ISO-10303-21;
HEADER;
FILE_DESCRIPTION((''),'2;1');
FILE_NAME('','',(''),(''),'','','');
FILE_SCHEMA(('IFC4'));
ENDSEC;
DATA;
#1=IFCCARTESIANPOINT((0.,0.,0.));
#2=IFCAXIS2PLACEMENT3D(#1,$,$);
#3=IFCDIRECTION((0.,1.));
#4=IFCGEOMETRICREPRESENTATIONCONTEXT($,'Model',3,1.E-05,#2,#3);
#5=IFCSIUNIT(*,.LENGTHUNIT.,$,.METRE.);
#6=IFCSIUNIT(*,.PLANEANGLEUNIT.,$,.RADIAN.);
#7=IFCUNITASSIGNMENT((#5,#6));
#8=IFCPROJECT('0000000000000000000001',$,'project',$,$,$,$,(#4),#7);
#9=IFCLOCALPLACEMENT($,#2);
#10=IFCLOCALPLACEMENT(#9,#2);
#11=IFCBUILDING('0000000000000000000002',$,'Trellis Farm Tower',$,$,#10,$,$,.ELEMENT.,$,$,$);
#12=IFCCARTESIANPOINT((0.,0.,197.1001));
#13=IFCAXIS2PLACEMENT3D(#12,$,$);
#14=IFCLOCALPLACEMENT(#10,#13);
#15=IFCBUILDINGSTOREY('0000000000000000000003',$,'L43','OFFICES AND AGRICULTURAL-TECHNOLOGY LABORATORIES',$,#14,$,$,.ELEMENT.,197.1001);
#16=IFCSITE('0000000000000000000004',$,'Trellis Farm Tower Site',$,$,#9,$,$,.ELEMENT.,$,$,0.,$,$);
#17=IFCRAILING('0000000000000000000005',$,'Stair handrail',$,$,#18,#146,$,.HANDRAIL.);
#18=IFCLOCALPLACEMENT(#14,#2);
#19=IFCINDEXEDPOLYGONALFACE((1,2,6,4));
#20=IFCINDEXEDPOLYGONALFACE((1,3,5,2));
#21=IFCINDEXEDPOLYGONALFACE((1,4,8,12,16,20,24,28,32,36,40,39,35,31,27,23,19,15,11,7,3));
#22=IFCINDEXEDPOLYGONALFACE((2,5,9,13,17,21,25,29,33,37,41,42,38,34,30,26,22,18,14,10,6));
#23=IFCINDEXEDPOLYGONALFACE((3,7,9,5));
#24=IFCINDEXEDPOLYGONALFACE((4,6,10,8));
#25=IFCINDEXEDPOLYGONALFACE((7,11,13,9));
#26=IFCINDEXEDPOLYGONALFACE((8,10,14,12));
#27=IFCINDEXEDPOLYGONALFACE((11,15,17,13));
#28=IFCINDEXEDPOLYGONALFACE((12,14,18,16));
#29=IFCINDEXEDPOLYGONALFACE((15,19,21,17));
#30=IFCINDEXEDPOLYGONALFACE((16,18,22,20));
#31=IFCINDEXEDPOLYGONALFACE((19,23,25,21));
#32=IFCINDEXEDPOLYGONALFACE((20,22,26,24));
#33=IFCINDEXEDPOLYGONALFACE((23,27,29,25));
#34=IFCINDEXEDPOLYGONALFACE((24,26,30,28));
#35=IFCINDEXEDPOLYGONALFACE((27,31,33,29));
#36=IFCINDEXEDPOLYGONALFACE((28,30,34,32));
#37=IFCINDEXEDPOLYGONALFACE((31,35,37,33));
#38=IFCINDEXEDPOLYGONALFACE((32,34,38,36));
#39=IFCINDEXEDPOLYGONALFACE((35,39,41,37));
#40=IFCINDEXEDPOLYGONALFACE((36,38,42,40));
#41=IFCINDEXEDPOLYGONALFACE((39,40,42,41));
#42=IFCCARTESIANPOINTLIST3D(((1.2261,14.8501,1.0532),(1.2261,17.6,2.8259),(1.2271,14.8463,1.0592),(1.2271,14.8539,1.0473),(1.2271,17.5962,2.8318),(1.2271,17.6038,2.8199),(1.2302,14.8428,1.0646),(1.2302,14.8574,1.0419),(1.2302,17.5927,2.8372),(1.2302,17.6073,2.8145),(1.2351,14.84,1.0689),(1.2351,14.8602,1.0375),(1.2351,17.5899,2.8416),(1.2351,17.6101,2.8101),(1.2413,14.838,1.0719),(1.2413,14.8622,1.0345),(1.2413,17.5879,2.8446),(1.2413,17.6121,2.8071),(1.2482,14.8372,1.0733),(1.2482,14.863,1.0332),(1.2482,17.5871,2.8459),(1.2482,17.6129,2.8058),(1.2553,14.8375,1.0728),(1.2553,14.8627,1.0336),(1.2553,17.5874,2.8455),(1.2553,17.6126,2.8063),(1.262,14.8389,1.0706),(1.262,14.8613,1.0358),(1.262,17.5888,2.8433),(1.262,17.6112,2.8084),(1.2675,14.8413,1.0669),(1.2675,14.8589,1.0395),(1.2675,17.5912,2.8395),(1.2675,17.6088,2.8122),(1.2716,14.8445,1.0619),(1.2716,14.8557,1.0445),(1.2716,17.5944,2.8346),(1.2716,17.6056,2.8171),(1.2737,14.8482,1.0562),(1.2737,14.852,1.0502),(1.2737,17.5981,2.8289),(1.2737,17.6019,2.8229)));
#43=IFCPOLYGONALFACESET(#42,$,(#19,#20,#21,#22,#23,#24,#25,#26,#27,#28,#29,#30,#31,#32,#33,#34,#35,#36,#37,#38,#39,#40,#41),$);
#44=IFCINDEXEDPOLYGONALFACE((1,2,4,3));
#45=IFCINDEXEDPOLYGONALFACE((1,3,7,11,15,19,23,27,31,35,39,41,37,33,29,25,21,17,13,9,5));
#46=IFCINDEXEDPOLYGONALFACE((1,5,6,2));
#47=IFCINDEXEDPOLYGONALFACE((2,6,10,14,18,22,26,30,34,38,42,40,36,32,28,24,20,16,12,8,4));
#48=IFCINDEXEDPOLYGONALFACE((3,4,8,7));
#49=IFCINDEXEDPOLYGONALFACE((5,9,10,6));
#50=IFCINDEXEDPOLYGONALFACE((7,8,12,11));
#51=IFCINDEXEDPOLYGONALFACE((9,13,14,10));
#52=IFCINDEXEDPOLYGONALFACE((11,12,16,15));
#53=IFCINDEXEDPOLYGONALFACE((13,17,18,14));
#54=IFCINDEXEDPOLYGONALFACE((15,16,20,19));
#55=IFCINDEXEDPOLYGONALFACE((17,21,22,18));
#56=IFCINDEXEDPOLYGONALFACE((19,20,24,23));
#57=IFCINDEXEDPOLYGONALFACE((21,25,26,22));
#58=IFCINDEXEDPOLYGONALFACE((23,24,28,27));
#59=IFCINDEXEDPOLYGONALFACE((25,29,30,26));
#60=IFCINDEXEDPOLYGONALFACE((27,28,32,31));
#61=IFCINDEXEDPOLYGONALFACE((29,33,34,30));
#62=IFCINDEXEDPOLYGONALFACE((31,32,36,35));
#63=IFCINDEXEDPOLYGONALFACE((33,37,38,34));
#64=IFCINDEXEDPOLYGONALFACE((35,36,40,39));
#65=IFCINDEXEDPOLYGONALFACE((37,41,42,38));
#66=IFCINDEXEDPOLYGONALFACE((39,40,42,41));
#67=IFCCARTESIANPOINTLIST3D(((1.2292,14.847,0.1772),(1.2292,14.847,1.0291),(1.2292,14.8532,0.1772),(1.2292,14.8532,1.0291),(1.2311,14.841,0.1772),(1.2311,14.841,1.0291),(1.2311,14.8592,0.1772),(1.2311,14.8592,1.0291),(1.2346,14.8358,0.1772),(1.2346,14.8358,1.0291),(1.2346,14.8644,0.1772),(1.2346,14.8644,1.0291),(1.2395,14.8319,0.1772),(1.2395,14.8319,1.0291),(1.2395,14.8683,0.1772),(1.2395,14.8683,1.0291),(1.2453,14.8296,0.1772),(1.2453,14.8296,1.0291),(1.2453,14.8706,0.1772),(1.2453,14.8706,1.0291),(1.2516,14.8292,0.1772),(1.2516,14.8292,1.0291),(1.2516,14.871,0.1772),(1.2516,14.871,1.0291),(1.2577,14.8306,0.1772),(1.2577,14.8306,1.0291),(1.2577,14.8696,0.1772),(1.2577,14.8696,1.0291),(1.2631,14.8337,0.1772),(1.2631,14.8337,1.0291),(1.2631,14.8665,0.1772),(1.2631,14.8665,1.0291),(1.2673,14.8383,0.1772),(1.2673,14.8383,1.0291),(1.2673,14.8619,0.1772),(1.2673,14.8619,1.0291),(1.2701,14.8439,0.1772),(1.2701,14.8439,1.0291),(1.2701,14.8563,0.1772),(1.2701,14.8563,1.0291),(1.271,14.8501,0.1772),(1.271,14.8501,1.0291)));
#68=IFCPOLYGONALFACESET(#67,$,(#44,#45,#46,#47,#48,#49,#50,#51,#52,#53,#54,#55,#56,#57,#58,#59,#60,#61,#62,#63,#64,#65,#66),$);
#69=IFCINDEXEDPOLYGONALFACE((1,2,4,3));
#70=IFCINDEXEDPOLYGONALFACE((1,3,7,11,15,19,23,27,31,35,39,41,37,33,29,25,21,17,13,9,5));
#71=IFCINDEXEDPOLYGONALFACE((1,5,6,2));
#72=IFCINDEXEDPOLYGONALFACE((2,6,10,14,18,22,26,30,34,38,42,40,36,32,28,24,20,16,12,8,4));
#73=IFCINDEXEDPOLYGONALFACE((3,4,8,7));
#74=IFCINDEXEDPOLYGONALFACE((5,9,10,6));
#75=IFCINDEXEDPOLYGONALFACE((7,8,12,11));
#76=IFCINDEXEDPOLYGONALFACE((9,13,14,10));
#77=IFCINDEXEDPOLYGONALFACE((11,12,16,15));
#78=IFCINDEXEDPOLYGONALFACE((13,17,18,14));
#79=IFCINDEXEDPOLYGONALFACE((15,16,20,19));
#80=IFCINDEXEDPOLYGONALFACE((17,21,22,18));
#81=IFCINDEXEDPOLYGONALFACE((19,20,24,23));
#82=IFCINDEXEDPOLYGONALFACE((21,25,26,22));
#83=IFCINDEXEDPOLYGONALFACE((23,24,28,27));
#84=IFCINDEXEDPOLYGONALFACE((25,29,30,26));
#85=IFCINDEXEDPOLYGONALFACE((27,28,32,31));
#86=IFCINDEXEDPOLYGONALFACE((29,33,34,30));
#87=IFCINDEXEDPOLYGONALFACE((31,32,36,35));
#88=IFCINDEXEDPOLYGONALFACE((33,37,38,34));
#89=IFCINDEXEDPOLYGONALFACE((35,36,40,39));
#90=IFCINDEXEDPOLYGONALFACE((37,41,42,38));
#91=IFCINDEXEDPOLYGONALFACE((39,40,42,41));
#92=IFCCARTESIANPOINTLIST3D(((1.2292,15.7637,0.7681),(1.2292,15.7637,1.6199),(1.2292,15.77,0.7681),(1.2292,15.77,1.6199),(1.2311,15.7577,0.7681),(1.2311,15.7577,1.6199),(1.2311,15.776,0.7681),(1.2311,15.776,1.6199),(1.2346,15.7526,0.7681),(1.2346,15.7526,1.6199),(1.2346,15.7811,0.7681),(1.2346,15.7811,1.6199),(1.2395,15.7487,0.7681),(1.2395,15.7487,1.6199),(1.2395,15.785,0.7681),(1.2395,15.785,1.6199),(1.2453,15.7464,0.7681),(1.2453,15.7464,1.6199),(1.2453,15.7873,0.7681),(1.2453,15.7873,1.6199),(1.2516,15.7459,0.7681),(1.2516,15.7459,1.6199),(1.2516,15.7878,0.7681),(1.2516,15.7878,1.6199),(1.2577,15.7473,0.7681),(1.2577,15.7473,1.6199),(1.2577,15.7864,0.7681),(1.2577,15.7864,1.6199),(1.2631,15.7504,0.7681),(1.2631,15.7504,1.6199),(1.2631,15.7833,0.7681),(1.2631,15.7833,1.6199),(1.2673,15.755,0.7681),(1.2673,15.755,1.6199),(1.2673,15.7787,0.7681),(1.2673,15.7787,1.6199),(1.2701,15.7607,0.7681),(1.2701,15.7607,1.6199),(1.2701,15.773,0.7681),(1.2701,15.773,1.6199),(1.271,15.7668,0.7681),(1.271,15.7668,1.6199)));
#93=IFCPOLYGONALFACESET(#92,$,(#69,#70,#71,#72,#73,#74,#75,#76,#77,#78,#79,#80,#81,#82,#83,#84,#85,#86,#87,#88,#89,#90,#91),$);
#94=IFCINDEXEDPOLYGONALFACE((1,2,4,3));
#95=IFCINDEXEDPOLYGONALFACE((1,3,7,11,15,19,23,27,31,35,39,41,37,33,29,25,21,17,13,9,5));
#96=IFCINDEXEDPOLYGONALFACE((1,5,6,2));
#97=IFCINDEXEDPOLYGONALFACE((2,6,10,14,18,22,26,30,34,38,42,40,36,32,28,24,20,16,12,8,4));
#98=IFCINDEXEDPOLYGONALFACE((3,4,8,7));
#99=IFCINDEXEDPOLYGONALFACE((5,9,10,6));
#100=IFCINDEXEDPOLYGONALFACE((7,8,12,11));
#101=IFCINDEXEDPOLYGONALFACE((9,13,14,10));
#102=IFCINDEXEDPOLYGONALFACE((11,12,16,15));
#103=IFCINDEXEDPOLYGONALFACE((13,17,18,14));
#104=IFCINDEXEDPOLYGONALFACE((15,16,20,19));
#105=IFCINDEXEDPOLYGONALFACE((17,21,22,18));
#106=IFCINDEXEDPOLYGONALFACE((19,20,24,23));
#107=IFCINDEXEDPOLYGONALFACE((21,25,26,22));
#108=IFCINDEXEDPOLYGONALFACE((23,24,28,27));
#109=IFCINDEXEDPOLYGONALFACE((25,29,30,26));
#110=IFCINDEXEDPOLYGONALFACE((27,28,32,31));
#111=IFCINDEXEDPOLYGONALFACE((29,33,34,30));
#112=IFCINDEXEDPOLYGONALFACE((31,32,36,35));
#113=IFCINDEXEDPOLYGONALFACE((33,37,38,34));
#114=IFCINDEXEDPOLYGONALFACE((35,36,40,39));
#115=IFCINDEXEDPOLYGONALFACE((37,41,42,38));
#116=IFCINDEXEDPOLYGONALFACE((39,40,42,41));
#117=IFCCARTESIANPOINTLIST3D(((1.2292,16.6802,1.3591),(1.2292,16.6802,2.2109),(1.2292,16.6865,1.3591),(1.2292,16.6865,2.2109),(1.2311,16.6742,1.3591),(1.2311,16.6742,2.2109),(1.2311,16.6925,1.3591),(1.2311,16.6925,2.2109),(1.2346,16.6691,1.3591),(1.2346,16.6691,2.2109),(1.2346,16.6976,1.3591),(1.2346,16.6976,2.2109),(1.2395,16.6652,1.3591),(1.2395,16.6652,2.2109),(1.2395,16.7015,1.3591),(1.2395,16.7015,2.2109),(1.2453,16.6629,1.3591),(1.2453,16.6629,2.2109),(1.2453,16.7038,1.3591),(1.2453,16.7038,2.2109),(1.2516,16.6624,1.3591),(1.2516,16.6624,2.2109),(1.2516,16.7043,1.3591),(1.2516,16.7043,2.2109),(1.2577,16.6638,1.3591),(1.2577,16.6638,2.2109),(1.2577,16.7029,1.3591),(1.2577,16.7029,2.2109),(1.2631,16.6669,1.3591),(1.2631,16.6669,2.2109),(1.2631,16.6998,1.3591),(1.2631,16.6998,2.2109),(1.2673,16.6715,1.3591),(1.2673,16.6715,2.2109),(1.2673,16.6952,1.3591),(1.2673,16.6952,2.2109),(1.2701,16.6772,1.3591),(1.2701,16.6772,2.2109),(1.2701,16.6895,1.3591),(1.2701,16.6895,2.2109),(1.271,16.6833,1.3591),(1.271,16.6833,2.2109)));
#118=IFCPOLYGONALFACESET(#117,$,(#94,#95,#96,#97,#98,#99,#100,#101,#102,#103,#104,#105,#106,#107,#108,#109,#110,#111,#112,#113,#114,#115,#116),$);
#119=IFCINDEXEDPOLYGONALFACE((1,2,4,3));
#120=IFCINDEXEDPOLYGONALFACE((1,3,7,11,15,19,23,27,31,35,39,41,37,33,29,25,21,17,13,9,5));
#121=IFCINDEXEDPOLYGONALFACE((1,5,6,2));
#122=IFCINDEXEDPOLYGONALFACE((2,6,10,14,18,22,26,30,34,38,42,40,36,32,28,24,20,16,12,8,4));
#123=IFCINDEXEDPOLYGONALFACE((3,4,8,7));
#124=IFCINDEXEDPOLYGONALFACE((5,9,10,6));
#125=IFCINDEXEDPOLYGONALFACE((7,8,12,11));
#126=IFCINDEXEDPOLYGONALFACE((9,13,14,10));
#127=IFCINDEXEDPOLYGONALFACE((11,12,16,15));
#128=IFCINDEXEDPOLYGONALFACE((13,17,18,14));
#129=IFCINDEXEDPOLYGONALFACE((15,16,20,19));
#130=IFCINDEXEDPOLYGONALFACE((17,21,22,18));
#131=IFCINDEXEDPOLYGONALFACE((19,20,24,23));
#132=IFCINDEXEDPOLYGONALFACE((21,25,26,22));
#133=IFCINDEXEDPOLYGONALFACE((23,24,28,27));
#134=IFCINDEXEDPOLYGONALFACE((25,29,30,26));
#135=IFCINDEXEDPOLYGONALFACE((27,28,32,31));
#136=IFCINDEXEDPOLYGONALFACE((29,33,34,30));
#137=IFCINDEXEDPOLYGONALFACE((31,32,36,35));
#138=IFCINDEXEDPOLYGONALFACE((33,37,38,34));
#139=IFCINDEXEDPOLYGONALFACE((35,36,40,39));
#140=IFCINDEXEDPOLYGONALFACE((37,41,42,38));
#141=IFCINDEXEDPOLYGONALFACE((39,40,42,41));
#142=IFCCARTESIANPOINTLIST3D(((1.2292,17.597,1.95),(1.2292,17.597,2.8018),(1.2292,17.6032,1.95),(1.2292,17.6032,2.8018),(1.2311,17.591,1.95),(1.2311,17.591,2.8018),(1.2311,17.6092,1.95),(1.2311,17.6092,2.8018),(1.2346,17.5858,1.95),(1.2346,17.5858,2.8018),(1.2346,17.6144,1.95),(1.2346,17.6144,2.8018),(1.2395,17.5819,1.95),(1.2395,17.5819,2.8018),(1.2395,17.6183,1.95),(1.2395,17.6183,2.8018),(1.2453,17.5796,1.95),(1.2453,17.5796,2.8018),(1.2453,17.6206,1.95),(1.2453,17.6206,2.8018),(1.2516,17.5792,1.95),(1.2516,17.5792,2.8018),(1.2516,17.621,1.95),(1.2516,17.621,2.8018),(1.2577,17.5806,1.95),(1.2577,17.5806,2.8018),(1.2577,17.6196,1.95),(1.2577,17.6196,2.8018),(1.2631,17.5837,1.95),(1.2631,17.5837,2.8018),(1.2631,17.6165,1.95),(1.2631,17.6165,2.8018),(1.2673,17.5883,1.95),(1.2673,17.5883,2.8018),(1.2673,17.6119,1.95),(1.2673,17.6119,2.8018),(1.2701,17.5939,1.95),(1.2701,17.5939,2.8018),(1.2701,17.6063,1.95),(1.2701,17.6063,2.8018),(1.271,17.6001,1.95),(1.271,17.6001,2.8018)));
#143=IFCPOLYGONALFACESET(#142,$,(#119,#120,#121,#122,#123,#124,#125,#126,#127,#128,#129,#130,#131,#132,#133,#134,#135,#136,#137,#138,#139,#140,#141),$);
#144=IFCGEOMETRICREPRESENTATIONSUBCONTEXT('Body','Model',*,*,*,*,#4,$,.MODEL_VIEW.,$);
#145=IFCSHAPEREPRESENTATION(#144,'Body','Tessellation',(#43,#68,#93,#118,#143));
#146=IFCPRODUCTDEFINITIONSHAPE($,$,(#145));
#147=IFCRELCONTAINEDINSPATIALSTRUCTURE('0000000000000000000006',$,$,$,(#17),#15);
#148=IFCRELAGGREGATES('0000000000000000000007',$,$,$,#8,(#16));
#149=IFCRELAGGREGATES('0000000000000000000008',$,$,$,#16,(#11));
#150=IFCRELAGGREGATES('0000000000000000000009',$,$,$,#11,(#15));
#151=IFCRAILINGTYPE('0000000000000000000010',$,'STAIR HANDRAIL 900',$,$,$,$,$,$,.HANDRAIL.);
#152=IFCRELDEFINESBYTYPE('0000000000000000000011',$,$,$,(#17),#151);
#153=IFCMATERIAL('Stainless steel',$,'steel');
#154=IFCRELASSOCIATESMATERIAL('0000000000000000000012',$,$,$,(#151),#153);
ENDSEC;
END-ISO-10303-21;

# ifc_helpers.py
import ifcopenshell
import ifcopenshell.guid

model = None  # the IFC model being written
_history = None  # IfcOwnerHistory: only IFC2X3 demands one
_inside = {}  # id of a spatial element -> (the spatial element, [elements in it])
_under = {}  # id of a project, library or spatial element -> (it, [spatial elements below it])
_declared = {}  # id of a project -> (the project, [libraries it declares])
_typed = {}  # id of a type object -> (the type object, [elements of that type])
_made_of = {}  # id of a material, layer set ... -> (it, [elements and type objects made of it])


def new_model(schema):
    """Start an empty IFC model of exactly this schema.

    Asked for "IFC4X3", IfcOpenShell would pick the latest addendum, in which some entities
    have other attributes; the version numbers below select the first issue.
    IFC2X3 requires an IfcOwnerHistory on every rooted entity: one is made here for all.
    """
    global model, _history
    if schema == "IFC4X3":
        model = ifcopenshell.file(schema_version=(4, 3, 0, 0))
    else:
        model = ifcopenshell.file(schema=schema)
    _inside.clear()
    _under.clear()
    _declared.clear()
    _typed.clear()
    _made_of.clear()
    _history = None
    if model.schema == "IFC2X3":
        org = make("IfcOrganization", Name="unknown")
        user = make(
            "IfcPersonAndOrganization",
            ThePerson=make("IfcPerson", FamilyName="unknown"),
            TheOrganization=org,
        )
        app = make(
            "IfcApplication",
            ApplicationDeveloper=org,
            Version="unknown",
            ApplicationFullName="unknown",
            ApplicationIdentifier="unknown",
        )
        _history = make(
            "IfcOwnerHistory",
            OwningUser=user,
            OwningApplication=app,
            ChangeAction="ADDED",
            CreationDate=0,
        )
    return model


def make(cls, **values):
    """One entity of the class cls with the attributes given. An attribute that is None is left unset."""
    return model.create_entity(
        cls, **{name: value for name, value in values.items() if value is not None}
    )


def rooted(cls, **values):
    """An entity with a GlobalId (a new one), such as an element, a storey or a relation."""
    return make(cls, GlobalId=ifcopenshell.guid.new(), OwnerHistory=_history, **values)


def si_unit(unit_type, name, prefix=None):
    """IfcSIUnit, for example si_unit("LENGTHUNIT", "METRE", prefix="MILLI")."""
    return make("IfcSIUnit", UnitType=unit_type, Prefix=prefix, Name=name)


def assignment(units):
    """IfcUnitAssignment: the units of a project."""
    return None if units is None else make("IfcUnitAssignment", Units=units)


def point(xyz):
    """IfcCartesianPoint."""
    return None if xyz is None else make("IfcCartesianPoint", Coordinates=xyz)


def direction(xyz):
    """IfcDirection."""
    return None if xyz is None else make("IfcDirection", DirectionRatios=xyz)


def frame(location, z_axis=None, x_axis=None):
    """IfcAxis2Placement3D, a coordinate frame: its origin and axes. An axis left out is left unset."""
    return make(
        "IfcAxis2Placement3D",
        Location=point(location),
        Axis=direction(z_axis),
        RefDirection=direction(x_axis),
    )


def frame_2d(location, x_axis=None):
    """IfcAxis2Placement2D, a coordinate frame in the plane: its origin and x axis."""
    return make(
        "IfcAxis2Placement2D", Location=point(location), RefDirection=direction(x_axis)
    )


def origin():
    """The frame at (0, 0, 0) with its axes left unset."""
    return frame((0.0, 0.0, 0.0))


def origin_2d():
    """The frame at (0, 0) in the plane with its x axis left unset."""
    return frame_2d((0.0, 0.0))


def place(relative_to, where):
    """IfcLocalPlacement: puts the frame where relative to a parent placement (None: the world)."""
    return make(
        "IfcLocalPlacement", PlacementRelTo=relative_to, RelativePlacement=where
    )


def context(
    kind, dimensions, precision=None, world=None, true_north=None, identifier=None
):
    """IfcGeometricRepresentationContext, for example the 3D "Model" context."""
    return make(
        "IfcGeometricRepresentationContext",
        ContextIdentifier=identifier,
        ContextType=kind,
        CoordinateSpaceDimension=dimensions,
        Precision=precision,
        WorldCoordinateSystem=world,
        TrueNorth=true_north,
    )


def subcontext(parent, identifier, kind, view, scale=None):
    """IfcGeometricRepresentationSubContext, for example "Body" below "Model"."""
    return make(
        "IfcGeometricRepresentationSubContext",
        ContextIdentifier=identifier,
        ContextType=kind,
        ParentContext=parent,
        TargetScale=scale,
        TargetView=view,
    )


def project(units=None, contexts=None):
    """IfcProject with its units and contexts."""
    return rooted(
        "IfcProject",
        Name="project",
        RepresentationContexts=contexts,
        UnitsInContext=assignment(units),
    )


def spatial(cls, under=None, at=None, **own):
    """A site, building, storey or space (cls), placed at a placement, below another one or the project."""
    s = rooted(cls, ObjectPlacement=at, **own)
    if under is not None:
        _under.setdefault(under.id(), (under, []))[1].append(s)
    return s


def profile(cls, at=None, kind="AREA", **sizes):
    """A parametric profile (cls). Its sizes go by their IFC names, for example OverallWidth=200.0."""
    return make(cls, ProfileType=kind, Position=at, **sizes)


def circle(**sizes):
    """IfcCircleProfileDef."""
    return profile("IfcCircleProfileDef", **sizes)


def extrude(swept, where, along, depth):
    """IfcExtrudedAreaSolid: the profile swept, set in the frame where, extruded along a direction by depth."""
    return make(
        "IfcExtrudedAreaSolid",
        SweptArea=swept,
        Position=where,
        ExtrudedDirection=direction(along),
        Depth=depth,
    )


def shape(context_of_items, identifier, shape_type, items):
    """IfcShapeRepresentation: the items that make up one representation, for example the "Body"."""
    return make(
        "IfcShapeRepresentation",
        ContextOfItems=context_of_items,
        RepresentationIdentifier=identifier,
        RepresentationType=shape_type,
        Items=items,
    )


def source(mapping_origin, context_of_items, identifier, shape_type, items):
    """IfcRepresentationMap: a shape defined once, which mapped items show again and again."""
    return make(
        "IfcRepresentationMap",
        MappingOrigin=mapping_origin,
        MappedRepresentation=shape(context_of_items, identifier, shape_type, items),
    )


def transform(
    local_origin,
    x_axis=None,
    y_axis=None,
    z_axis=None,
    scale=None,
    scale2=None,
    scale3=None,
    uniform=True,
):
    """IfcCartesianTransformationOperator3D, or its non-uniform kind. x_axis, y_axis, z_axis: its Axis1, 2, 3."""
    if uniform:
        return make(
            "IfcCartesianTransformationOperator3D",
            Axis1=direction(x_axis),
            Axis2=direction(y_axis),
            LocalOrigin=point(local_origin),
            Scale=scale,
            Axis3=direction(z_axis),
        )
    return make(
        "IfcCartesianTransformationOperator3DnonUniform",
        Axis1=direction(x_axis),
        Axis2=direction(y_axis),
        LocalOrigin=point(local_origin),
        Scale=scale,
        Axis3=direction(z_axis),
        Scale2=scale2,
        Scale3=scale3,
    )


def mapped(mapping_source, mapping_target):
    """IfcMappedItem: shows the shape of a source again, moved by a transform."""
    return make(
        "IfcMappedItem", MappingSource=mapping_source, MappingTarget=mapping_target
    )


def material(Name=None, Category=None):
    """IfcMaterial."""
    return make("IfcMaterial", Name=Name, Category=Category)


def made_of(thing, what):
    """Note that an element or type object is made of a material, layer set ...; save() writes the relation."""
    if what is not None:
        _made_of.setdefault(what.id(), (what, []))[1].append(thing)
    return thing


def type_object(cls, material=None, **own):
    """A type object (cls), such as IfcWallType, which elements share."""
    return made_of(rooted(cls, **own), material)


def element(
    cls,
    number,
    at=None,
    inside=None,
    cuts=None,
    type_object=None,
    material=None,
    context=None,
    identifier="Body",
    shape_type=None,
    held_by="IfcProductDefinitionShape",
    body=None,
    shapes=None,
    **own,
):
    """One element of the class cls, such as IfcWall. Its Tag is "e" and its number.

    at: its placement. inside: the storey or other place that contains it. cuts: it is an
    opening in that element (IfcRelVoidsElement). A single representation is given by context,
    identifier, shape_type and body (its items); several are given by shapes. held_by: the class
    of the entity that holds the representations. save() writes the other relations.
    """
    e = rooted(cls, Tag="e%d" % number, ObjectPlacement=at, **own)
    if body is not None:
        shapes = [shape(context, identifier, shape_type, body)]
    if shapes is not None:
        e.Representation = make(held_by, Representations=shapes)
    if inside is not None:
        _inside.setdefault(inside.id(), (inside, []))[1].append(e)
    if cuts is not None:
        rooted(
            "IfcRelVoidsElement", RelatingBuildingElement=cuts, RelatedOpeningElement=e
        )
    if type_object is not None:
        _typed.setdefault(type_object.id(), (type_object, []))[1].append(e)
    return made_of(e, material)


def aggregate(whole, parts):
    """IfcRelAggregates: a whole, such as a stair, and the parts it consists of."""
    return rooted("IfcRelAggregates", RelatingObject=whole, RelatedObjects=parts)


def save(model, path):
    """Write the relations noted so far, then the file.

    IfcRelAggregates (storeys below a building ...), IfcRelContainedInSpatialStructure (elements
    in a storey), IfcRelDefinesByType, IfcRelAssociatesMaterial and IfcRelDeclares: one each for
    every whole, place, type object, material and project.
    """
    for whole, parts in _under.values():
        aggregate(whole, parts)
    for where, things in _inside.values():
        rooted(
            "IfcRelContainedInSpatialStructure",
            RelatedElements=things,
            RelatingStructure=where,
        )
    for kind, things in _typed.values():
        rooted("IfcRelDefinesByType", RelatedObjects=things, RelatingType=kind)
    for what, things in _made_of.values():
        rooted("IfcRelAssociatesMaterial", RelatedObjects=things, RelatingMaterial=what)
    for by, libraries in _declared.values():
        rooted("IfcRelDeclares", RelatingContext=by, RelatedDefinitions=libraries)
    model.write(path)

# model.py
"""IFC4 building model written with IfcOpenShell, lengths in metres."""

from ifc_helpers import new_model, si_unit, direction, frame, origin, origin_2d, place, context, subcontext, project, spatial, circle, extrude, source, transform, mapped, material, type_object, element, save


model = new_model("IFC4")

# Units and contexts
model_context = context("Model", 3, precision=1e-05, world=origin(), true_north=direction((0.0, 1.0)))
body_context = subcontext(model_context, "Body", "Model", "MODEL_VIEW")
ifc_project = project(units=[si_unit("LENGTHUNIT", "METRE"), si_unit("PLANEANGLEUNIT", "RADIAN")], contexts=[model_context])

# Site, building, storey
site_placement = place(None, origin())
site = spatial("IfcSite", under=ifc_project, at=site_placement, Name="Trellis Farm Tower Site", CompositionType="ELEMENT", RefElevation=0.0)
building_placement = place(site_placement, origin())
building = spatial("IfcBuilding", under=site, at=building_placement, Name="Trellis Farm Tower", CompositionType="ELEMENT")
storey_placement = place(building_placement, frame((0.0, 0.0, 197.1001)))
storey = spatial("IfcBuildingStorey", under=building, at=storey_placement, Name="L43", Description="OFFICES AND AGRICULTURAL-TECHNOLOGY LABORATORIES", CompositionType="ELEMENT", Elevation=197.1001)

# Shared definitions
ifc_material_1 = material(Name="Stainless steel", Category="steel")

# Railing
railing_type = type_object("IfcRailingType", Name="STAIR HANDRAIL 900", PredefinedType="HANDRAIL", material=ifc_material_1)
shared_shape_1 = source(origin(), body_context, "Body", "SweptSolid", [
    extrude(circle(Radius=0.0239, at=origin_2d()), frame((0.0, 0.0, 0.876), z_axis=(0.0, 0.840504, 0.541806), x_axis=(-1.0, 0.0, 0.0)), (0.0, 0.0, 1.0), 3.2717),
    extrude(circle(Radius=0.021, at=origin_2d()), origin(), (0.0, 0.0, 1.0), 0.8518),
    extrude(circle(Radius=0.021, at=origin_2d()), frame((0.0, 0.9167, 0.5908)), (0.0, 0.0, 1.0), 0.8518),
    extrude(circle(Radius=0.021, at=origin_2d()), frame((0.0, 1.8333, 1.1819)), (0.0, 0.0, 1.0), 0.8518),
    extrude(circle(Radius=0.021, at=origin_2d()), frame((0.0, 2.75, 1.7727)), (0.0, 0.0, 1.0), 0.8518),
])
railing_placement = place(storey_placement, frame((1.25, 14.8501, 0.1772)))
element("IfcRailing", 1, at=railing_placement, inside=storey, type_object=railing_type, Name="Stair handrail", PredefinedType="HANDRAIL", context=body_context, shape_type="MappedRepresentation", body=[
    mapped(shared_shape_1, transform((0.0, 0.0, 0.0))),
])

save(model, "model.ifc")
